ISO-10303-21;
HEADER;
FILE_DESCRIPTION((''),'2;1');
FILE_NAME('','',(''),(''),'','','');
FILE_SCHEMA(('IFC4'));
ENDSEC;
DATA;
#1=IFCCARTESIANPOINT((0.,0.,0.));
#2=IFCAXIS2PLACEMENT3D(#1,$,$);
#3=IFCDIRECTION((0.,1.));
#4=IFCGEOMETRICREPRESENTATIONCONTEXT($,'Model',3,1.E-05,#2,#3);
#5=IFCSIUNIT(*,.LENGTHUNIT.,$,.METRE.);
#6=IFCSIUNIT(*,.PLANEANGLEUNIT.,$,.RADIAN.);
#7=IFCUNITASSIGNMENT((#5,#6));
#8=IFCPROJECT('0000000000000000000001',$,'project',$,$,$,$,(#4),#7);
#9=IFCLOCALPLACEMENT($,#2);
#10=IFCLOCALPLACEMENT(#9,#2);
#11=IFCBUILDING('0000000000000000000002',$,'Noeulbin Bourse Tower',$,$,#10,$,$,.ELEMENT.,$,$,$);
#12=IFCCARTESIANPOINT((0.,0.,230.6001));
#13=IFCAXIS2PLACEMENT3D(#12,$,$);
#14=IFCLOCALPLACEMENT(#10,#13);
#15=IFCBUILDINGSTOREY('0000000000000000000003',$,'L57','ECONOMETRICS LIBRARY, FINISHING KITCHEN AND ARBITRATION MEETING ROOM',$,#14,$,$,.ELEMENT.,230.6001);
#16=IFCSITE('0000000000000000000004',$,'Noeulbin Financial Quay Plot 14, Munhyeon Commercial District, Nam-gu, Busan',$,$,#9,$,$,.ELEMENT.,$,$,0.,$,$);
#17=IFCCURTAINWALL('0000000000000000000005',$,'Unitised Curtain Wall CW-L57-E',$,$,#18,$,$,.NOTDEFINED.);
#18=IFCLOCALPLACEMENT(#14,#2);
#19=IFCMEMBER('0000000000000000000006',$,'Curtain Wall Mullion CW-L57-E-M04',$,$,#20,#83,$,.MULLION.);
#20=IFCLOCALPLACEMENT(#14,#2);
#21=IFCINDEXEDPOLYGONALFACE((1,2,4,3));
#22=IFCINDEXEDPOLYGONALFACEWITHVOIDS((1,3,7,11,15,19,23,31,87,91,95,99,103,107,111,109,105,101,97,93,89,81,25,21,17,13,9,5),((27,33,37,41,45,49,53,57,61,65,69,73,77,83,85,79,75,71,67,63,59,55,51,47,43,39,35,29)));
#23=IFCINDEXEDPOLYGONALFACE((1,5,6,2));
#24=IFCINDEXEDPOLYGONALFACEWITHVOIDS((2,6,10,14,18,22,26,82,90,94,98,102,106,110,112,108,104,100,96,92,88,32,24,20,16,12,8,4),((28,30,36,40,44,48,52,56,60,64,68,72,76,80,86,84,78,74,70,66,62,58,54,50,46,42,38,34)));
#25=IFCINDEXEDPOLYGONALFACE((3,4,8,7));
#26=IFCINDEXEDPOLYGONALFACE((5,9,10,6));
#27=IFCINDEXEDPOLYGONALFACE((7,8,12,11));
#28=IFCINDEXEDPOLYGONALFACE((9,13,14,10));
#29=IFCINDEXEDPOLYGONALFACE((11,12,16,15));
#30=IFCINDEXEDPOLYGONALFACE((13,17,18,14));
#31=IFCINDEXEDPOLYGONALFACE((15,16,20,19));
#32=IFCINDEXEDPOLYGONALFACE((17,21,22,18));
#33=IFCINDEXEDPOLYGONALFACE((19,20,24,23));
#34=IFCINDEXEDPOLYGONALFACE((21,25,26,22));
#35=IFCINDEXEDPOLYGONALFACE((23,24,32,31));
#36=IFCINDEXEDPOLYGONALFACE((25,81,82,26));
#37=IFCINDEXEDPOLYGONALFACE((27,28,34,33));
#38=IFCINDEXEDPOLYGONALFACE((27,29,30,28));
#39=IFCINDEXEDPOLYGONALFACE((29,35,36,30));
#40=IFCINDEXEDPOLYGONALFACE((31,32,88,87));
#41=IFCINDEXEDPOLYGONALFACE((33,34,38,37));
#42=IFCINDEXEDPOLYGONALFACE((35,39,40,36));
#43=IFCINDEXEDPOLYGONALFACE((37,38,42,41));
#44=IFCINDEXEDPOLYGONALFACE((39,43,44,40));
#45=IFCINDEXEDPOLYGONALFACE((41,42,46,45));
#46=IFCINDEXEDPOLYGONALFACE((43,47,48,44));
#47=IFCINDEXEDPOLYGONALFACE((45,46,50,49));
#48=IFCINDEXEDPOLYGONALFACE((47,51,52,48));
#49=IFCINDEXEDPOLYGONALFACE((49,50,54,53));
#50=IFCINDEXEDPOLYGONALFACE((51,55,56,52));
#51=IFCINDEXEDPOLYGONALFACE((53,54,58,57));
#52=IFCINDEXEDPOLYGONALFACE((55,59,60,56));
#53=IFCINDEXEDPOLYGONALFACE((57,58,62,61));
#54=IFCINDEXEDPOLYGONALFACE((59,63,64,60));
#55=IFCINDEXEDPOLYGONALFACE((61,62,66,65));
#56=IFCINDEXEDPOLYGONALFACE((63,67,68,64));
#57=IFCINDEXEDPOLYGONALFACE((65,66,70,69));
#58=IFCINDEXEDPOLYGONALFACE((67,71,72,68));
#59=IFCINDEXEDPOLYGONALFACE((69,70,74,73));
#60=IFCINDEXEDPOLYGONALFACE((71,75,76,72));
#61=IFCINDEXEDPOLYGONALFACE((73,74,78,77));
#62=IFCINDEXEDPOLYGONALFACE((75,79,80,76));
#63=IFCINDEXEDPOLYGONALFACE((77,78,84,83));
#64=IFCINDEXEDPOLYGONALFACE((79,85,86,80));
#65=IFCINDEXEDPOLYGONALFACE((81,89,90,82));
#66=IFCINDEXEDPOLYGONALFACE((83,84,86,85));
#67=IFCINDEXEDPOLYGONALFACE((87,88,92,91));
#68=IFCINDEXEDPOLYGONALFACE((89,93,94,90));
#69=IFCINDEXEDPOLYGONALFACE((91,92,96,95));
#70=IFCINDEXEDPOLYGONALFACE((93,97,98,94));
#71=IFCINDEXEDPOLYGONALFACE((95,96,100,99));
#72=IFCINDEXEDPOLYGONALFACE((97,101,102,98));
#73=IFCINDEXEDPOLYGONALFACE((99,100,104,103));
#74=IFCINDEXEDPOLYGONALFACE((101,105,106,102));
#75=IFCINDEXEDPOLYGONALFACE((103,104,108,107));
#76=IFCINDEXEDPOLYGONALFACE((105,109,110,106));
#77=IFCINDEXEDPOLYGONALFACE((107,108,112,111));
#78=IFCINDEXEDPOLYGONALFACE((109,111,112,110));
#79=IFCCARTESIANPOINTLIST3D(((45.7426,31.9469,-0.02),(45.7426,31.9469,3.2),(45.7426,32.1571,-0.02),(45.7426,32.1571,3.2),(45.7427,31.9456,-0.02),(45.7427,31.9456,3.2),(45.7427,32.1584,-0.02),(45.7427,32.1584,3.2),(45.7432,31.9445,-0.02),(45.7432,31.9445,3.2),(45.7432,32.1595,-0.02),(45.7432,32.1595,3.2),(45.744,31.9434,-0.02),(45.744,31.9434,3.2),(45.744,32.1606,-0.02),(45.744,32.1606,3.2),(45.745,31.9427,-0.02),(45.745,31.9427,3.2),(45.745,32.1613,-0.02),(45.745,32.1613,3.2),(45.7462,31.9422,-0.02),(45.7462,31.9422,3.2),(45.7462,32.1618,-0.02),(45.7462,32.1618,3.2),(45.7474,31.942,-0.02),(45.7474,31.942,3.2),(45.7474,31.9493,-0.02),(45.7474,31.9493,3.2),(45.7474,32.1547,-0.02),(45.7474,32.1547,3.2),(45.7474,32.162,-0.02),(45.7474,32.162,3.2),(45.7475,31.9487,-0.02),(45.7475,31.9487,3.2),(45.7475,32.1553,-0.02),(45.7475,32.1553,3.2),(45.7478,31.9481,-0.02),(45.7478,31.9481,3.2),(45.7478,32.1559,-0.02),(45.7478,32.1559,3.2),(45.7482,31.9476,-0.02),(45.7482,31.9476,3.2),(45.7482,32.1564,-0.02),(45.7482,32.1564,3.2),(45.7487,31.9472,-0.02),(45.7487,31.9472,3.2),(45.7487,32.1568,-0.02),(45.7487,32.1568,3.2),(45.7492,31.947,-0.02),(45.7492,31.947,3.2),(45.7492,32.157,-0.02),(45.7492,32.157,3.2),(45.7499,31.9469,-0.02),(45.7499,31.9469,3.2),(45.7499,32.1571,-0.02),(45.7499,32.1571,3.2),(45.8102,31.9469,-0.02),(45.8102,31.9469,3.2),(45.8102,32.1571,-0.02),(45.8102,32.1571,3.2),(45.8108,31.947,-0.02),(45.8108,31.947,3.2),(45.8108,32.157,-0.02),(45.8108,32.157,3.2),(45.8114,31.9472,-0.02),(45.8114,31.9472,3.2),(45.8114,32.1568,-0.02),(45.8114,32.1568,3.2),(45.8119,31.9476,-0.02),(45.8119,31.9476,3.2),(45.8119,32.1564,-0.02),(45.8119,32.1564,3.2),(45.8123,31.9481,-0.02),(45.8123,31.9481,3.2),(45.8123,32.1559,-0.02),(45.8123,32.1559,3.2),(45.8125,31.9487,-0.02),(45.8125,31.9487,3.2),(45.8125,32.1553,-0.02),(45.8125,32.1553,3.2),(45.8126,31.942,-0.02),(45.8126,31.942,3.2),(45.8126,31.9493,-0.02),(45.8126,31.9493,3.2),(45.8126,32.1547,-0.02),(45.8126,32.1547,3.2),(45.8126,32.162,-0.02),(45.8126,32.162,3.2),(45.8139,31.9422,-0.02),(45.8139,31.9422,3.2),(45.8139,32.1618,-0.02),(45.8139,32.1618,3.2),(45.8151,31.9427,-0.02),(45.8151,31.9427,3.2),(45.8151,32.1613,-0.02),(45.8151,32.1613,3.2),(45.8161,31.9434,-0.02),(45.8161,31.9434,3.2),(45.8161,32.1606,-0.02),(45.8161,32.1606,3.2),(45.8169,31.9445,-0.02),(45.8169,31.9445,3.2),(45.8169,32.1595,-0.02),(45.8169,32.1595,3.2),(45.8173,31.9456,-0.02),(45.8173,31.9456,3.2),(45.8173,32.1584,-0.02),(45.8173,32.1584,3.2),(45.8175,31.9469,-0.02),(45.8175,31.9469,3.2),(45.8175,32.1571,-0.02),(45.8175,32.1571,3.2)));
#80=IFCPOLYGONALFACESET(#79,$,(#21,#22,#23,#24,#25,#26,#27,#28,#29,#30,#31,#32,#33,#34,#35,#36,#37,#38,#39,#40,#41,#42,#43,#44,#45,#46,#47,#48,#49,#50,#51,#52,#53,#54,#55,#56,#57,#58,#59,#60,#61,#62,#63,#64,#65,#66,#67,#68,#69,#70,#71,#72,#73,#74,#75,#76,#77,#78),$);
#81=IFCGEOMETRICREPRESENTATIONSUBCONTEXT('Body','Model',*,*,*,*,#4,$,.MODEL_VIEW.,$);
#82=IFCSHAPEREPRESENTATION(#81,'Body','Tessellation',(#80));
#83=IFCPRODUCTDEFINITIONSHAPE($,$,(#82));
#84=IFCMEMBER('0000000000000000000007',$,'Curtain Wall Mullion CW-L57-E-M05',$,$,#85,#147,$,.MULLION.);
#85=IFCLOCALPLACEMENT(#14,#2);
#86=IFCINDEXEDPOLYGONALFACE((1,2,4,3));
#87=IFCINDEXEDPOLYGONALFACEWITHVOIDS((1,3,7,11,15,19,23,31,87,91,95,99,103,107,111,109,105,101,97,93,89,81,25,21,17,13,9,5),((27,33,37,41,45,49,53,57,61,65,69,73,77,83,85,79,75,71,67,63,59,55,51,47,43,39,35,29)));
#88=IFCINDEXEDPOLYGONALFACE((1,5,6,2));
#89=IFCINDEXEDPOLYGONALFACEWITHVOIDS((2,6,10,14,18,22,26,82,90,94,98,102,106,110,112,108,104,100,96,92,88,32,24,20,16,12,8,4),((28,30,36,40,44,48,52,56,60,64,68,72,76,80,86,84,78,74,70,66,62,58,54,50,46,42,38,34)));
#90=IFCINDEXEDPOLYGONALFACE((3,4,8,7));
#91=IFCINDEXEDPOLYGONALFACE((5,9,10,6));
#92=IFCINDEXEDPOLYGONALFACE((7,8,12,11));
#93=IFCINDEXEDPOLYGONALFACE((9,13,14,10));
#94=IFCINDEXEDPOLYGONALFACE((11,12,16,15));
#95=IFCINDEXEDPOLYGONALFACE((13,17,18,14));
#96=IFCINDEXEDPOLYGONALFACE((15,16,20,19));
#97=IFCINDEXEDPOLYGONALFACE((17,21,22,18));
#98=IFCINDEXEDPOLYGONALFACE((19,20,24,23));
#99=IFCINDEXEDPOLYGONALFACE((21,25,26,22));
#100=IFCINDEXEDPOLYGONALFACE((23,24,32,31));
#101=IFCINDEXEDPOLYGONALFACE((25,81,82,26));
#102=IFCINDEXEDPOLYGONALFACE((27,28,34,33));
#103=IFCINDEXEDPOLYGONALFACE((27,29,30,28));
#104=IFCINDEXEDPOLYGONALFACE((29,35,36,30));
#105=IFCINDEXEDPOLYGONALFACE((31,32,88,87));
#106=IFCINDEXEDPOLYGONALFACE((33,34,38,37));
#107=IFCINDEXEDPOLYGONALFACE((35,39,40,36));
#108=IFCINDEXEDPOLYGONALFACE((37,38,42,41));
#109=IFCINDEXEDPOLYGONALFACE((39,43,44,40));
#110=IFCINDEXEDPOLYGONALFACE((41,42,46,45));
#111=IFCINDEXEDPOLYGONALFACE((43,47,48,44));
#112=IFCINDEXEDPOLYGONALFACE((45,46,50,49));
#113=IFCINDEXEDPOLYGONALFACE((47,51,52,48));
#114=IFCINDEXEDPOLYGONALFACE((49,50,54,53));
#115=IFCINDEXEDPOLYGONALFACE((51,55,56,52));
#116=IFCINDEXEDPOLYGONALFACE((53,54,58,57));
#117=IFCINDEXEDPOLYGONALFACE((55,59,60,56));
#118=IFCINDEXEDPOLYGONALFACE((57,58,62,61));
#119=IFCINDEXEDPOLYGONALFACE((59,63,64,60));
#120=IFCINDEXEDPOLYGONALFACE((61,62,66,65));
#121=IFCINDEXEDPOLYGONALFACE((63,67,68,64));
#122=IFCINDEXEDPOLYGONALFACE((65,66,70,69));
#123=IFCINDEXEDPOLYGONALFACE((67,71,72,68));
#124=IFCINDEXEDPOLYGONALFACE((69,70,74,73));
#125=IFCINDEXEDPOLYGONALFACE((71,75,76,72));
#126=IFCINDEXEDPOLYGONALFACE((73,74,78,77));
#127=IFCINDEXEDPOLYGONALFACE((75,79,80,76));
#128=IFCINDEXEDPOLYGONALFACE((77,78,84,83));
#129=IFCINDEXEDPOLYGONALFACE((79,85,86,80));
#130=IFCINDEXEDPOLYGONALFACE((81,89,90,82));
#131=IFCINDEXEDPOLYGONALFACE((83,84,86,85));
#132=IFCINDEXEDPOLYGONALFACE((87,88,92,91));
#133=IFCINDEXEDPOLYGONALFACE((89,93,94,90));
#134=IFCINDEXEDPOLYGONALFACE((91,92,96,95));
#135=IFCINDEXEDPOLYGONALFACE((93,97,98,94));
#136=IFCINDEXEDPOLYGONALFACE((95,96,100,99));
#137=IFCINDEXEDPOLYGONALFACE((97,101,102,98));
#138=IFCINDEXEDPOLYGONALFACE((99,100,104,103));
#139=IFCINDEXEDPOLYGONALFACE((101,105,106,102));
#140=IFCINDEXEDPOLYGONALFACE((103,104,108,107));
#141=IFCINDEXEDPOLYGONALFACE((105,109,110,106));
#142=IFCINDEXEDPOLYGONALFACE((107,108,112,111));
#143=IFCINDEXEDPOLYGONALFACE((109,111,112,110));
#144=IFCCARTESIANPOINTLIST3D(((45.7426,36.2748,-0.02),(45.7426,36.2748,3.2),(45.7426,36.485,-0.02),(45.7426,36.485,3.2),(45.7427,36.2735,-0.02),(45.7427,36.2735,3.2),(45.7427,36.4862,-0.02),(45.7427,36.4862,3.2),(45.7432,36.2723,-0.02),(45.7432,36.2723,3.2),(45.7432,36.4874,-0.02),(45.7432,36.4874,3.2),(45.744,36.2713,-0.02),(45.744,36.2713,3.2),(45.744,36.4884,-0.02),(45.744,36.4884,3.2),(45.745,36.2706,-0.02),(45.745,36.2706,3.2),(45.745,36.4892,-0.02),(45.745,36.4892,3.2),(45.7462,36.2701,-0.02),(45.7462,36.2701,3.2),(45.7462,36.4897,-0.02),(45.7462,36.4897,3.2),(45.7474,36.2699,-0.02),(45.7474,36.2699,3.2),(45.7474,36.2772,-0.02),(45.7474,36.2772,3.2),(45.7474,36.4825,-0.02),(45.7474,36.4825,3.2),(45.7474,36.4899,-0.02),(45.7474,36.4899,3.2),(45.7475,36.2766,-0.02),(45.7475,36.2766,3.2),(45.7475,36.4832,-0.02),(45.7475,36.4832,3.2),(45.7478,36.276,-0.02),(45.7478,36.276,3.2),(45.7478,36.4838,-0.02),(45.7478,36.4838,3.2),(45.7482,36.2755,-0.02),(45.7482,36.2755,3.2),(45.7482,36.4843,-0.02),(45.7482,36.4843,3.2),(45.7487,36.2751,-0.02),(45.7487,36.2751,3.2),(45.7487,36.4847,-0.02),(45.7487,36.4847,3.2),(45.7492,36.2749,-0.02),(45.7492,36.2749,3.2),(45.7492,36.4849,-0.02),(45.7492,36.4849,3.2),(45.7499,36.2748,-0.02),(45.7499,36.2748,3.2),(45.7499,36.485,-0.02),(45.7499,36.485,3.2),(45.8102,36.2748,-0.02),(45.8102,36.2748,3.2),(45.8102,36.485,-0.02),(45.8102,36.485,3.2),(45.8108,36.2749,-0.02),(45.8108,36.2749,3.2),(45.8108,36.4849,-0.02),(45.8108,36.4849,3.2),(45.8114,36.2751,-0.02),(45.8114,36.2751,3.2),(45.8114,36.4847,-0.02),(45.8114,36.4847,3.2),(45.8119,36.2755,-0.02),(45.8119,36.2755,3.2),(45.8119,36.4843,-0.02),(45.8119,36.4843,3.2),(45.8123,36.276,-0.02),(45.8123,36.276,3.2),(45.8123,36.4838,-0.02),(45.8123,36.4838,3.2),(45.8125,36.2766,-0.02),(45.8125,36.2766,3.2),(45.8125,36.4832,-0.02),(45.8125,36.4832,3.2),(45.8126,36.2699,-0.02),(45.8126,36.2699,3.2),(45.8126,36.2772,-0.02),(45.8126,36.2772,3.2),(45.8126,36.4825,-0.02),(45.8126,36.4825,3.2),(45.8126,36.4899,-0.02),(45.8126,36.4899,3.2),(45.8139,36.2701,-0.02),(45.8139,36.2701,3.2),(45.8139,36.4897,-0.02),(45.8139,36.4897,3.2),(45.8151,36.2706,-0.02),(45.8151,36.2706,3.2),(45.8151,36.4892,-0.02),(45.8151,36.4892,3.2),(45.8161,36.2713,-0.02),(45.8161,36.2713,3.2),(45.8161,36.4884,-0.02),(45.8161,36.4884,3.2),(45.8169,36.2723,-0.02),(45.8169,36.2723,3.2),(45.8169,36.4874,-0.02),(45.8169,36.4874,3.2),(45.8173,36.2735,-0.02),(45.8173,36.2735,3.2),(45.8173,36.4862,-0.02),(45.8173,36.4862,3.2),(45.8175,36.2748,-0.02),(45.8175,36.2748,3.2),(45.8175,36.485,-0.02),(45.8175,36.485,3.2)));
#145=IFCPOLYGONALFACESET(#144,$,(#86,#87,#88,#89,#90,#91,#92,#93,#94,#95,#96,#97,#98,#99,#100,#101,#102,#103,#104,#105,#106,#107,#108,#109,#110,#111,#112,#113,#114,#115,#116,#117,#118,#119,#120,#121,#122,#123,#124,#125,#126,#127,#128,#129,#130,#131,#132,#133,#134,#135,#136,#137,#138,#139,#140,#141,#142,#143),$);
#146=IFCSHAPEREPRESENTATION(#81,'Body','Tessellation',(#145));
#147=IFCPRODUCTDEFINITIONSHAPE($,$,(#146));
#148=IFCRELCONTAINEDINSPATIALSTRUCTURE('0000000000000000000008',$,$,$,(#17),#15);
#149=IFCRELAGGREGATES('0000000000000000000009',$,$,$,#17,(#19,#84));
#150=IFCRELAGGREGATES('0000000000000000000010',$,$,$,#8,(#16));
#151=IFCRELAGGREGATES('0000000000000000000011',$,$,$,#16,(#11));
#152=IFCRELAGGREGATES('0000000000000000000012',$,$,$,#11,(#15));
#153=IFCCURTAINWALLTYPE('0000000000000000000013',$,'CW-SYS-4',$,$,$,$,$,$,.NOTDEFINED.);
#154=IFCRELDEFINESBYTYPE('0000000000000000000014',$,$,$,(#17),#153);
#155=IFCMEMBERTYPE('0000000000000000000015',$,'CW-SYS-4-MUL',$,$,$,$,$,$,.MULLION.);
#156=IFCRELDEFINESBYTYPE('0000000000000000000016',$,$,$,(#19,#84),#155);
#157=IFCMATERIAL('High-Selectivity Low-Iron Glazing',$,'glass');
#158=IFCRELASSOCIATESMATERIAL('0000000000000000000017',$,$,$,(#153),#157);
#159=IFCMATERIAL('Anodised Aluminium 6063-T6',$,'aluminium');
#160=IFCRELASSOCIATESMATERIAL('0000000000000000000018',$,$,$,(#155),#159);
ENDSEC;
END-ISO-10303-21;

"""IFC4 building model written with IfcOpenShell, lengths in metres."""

from ifc_helpers import new_model, si_unit, direction, frame, origin, origin_2d, place, context, subcontext, project, spatial, hollow_rectangle, extrude, material, material_profile, profile_set, type_object, element, aggregate, save


model = new_model("IFC4")

# Units and contexts
model_context = context("Model", 3, precision=1e-05, world=origin(), true_north=direction((0.0, 1.0)))
body_context = subcontext(model_context, "Body", "Model", "MODEL_VIEW")
ifc_project = project(units=[si_unit("LENGTHUNIT", "METRE"), si_unit("PLANEANGLEUNIT", "RADIAN")], contexts=[model_context])

# Site, building, storey
site_placement = place(None, origin())
site = spatial("IfcSite", under=ifc_project, at=site_placement, Name="Noeulbin Financial Quay Plot 14, Munhyeon Commercial District, Nam-gu, Busan", CompositionType="ELEMENT", RefElevation=0.0)
building_placement = place(site_placement, origin())
building = spatial("IfcBuilding", under=site, at=building_placement, Name="Noeulbin Bourse Tower", CompositionType="ELEMENT")
storey_placement = place(building_placement, frame((0.0, 0.0, 230.6001)))
storey = spatial("IfcBuildingStorey", under=building, at=storey_placement, Name="L57", Description="ECONOMETRICS LIBRARY, FINISHING KITCHEN AND ARBITRATION MEETING ROOM", CompositionType="ELEMENT", Elevation=230.6001)

# Curtain wall, members
ifc_material_1 = material(Name="High-Selectivity Low-Iron Glazing", Category="glass")
curtain_wall_type = type_object("IfcCurtainWallType", Name="CW-SYS-4", PredefinedType="NOTDEFINED", material=ifc_material_1)
ifc_material_2 = material(Name="Anodised Aluminium 6063-T6", Category="aluminium")
ifc_material_profile_1 = material_profile(ifc_material_2, hollow_rectangle(XDim=0.075, YDim=0.22, WallThickness=0.0049, InnerFilletRadius=0.0024, OuterFilletRadius=0.0049, at=origin_2d()), Name="ALU-MULL-75x220x5", Category="LoadBearing")
ifc_profile_set_1 = profile_set([ifc_material_profile_1], Name="Anodised Aluminium 6063-T6")
member_type_1 = type_object("IfcMemberType", Name="CW-SYS-4-MUL", PredefinedType="MULLION", material=ifc_profile_set_1)
curtain_wall_1_placement = place(storey_placement, origin())
curtain_wall_1 = element("IfcCurtainWall", 1, at=curtain_wall_1_placement, inside=storey, type_object=curtain_wall_type, Name="Unitised Curtain Wall CW-L57-E", PredefinedType="NOTDEFINED")
member_1_placement = place(storey_placement, frame((45.78, 32.052, -0.02), z_axis=(0.0, 0.0, 1.0), x_axis=(1.0, 0.0, 0.0)))
member_1 = element("IfcMember", 2, at=member_1_placement, type_object=member_type_1, Name="Curtain Wall Mullion CW-L57-E-M04", PredefinedType="MULLION", context=body_context, shape_type="SweptSolid", body=[
    extrude(hollow_rectangle(XDim=0.075, YDim=0.22, WallThickness=0.0049, InnerFilletRadius=0.0024, OuterFilletRadius=0.0049, at=origin_2d()), origin(), (0.0, 0.0, 1.0), 3.22),
])
member_2_placement = place(storey_placement, frame((45.78, 36.3799, -0.02), z_axis=(0.0, 0.0, 1.0), x_axis=(1.0, 0.0, 0.0)))
member_2 = element("IfcMember", 3, at=member_2_placement, type_object=member_type_1, Name="Curtain Wall Mullion CW-L57-E-M05", PredefinedType="MULLION", context=body_context, shape_type="SweptSolid", body=[
    extrude(hollow_rectangle(XDim=0.075, YDim=0.22, WallThickness=0.0049, InnerFilletRadius=0.0024, OuterFilletRadius=0.0049, at=origin_2d()), origin(), (0.0, 0.0, 1.0), 3.22),
])

aggregate(curtain_wall_1, [member_1, member_2])

save(model, "model.ifc")
